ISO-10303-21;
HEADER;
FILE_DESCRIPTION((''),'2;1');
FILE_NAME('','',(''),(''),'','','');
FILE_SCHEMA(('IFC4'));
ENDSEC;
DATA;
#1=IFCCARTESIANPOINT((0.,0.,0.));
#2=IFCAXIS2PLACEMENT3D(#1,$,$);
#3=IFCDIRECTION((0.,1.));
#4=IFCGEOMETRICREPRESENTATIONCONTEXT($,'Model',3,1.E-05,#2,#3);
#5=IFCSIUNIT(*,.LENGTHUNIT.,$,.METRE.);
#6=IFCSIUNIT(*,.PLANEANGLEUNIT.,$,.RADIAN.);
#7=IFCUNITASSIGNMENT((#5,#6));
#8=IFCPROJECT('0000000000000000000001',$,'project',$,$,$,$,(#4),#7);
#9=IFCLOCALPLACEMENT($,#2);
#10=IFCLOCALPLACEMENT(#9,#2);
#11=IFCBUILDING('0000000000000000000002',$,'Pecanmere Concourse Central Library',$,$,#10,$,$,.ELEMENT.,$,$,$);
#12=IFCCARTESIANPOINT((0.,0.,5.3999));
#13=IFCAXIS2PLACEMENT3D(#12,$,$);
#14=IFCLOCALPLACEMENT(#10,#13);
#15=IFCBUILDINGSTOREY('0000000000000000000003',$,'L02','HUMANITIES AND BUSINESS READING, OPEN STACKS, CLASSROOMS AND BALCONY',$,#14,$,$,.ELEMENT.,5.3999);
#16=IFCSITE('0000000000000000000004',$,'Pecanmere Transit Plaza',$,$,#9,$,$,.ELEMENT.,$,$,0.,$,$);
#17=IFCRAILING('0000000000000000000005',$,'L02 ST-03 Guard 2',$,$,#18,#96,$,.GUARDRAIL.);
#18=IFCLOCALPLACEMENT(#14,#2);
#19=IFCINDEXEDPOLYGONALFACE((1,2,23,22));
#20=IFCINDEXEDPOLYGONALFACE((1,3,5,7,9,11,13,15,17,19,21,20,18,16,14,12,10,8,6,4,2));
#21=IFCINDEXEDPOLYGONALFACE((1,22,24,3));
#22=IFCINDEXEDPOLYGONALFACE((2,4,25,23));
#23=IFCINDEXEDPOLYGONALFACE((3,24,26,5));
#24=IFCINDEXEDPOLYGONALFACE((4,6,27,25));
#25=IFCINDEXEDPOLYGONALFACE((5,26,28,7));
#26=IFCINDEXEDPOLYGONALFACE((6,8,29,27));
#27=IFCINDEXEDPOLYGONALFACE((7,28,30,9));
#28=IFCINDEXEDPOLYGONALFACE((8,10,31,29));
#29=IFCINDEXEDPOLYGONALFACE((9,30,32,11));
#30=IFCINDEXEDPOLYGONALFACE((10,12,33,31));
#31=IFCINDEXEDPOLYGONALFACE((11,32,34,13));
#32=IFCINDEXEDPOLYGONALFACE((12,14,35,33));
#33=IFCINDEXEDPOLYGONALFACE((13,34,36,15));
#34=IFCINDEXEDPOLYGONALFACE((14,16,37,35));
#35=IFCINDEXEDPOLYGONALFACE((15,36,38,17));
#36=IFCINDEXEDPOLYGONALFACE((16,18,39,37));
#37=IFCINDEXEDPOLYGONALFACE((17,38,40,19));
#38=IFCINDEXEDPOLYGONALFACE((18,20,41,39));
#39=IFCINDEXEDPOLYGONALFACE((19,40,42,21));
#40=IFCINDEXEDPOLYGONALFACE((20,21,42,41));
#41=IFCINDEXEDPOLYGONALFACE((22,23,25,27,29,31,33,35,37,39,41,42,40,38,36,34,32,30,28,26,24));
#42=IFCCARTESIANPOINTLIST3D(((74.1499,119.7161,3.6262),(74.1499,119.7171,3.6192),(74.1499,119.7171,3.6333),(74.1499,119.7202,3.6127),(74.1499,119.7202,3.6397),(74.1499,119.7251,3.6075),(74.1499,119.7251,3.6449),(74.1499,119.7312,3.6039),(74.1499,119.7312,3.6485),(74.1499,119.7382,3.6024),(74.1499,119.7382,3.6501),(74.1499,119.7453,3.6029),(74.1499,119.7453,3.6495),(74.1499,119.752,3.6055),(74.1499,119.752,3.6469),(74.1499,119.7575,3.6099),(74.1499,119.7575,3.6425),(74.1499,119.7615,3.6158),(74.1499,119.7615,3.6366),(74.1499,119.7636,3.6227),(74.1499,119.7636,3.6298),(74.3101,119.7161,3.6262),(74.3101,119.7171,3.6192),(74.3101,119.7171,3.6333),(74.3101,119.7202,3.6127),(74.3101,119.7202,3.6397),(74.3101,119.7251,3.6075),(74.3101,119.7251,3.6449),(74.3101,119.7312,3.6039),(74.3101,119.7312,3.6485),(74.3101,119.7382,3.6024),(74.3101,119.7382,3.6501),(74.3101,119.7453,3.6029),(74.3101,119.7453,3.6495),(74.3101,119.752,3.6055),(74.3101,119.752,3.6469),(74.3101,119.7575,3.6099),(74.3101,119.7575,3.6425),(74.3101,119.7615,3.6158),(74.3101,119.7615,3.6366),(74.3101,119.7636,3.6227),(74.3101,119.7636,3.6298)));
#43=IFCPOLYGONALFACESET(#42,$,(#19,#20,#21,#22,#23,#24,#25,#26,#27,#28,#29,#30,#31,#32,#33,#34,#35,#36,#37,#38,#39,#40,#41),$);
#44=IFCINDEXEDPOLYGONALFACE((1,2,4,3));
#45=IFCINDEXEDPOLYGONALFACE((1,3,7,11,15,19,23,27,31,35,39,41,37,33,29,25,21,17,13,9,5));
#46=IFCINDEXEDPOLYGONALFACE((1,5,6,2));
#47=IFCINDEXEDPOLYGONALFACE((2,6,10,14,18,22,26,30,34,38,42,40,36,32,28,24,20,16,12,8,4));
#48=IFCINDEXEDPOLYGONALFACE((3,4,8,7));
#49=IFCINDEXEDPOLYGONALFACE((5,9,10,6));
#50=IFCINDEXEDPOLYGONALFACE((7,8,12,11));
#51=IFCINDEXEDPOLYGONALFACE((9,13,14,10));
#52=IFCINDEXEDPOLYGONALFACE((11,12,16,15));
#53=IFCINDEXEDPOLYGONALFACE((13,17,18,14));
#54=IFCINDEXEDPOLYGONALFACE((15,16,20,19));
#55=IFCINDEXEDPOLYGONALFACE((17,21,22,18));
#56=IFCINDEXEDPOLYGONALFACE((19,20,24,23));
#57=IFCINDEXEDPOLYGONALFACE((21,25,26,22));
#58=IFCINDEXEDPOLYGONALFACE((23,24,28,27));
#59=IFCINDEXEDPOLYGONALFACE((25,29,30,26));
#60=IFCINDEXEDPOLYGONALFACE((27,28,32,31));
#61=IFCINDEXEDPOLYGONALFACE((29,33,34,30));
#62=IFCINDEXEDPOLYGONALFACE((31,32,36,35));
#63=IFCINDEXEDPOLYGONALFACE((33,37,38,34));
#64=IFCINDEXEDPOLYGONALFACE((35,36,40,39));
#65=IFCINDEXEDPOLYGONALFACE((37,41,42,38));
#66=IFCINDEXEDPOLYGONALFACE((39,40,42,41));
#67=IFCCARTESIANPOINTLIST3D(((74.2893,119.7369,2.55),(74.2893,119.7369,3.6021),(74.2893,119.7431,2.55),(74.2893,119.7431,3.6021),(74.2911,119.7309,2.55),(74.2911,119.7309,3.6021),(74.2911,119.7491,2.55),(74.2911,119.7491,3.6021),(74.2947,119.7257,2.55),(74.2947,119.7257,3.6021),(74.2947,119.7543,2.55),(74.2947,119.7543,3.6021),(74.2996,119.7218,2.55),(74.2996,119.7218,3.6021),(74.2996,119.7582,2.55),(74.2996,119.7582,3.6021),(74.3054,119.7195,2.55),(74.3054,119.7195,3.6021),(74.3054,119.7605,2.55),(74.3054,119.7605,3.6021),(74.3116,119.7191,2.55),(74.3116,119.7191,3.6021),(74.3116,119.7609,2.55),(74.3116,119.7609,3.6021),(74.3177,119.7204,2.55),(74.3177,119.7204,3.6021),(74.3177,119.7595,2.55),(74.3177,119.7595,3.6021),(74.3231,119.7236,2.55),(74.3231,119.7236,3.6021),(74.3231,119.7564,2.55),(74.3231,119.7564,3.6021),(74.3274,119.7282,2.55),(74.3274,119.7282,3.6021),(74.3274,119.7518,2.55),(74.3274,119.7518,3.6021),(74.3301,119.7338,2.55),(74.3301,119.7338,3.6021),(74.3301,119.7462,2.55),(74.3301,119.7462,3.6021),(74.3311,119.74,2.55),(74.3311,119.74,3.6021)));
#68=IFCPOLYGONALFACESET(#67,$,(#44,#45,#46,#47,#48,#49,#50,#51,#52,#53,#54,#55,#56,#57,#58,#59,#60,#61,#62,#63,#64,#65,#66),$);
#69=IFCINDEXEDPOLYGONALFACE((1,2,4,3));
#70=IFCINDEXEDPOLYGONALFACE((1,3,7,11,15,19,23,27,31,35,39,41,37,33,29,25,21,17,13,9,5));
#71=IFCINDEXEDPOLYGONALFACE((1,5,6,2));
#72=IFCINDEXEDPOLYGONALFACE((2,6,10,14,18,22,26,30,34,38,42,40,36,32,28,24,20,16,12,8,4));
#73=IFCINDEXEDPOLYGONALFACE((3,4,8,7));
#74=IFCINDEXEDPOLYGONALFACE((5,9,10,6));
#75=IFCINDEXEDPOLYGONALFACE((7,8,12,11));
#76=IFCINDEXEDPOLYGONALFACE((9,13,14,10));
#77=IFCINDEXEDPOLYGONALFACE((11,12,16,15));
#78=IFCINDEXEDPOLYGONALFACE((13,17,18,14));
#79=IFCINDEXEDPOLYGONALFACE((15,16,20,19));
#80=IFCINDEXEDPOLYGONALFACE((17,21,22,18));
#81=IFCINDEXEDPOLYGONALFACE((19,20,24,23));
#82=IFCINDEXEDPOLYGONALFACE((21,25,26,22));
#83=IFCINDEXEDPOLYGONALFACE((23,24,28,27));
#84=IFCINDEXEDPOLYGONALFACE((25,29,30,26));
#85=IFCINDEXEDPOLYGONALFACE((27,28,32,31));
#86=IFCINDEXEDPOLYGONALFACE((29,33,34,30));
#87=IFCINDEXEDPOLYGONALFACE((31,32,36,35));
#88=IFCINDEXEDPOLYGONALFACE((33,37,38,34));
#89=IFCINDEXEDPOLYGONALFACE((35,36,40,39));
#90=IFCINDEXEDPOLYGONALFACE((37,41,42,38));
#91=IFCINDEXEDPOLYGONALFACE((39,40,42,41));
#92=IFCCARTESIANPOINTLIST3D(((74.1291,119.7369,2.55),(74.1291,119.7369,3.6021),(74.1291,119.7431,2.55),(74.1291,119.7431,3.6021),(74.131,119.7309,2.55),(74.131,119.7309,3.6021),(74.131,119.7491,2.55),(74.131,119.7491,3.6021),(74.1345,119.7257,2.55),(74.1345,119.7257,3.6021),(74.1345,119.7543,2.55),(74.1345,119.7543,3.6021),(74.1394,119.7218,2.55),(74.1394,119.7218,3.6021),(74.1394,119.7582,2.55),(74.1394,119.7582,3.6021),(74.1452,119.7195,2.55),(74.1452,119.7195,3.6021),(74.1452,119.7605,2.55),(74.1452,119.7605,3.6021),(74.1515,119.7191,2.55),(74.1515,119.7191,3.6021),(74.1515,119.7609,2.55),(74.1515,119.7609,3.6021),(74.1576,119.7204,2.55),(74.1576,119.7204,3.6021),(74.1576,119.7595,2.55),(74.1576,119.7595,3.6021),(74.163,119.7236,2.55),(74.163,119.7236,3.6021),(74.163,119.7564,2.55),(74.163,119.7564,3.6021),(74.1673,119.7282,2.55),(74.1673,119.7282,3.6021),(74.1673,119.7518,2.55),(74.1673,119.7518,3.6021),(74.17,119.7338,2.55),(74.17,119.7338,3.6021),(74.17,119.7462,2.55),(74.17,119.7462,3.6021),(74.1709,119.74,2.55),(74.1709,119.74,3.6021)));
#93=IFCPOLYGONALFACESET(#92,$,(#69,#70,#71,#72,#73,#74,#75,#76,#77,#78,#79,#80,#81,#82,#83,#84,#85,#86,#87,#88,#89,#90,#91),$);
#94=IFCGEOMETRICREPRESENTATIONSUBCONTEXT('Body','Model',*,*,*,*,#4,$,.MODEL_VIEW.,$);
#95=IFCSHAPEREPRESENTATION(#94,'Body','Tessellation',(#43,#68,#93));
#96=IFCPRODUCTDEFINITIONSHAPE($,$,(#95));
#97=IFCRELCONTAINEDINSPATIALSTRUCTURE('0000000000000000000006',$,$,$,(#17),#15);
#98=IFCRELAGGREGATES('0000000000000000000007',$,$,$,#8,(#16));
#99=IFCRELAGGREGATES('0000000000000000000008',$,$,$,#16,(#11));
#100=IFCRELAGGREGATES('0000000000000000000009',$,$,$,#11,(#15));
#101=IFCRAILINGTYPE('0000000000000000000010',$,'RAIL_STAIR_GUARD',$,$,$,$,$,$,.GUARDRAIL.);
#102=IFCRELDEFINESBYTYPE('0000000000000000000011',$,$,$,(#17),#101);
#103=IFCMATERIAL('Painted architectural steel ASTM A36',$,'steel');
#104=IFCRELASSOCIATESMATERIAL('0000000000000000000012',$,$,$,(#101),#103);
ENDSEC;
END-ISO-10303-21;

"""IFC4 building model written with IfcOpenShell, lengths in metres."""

from ifc_helpers import new_model, si_unit, direction, frame, origin, origin_2d, place, context, subcontext, project, spatial, circle, extrude, material, type_object, element, save


model = new_model("IFC4")

# Units and contexts
model_context = context("Model", 3, precision=1e-05, world=origin(), true_north=direction((0.0, 1.0)))
body_context = subcontext(model_context, "Body", "Model", "MODEL_VIEW")
ifc_project = project(units=[si_unit("LENGTHUNIT", "METRE"), si_unit("PLANEANGLEUNIT", "RADIAN")], contexts=[model_context])

# Site, building, storey
site_placement = place(None, origin())
site = spatial("IfcSite", under=ifc_project, at=site_placement, Name="Pecanmere Transit Plaza", CompositionType="ELEMENT", RefElevation=0.0)
building_placement = place(site_placement, origin())
building = spatial("IfcBuilding", under=site, at=building_placement, Name="Pecanmere Concourse Central Library", CompositionType="ELEMENT")
storey_placement = place(building_placement, frame((0.0, 0.0, 5.3999)))
storey = spatial("IfcBuildingStorey", under=building, at=storey_placement, Name="L02", Description="HUMANITIES AND BUSINESS READING, OPEN STACKS, CLASSROOMS AND BALCONY", CompositionType="ELEMENT", Elevation=5.3999)

# Railing
ifc_material_1 = material(Name="Painted architectural steel ASTM A36", Category="steel")
railing_type_1 = type_object("IfcRailingType", Name="RAIL_STAIR_GUARD", PredefinedType="GUARDRAIL", material=ifc_material_1)
railing_1_placement = place(storey_placement, frame((74.3101, 119.74, 2.55)))
element("IfcRailing", 1, at=railing_1_placement, inside=storey, type_object=railing_type_1, Name="L02 ST-03 Guard 2", PredefinedType="GUARDRAIL", context=body_context, shape_type="SweptSolid", body=[
    extrude(circle(Radius=0.0239, at=origin_2d()), frame((0.0, 0.0, 1.0762), z_axis=(-1.0, 0.0, 0.0), x_axis=(0.0, -1.0, 0.0)), (0.0, 0.0, 1.0), 0.1602),
    extrude(circle(Radius=0.021, at=origin_2d()), origin(), (0.0, 0.0, 1.0), 1.052),
    extrude(circle(Radius=0.021, at=origin_2d()), frame((-0.1602, 0.0, 0.0)), (0.0, 0.0, 1.0), 1.052),
])

save(model, "model.ifc")
